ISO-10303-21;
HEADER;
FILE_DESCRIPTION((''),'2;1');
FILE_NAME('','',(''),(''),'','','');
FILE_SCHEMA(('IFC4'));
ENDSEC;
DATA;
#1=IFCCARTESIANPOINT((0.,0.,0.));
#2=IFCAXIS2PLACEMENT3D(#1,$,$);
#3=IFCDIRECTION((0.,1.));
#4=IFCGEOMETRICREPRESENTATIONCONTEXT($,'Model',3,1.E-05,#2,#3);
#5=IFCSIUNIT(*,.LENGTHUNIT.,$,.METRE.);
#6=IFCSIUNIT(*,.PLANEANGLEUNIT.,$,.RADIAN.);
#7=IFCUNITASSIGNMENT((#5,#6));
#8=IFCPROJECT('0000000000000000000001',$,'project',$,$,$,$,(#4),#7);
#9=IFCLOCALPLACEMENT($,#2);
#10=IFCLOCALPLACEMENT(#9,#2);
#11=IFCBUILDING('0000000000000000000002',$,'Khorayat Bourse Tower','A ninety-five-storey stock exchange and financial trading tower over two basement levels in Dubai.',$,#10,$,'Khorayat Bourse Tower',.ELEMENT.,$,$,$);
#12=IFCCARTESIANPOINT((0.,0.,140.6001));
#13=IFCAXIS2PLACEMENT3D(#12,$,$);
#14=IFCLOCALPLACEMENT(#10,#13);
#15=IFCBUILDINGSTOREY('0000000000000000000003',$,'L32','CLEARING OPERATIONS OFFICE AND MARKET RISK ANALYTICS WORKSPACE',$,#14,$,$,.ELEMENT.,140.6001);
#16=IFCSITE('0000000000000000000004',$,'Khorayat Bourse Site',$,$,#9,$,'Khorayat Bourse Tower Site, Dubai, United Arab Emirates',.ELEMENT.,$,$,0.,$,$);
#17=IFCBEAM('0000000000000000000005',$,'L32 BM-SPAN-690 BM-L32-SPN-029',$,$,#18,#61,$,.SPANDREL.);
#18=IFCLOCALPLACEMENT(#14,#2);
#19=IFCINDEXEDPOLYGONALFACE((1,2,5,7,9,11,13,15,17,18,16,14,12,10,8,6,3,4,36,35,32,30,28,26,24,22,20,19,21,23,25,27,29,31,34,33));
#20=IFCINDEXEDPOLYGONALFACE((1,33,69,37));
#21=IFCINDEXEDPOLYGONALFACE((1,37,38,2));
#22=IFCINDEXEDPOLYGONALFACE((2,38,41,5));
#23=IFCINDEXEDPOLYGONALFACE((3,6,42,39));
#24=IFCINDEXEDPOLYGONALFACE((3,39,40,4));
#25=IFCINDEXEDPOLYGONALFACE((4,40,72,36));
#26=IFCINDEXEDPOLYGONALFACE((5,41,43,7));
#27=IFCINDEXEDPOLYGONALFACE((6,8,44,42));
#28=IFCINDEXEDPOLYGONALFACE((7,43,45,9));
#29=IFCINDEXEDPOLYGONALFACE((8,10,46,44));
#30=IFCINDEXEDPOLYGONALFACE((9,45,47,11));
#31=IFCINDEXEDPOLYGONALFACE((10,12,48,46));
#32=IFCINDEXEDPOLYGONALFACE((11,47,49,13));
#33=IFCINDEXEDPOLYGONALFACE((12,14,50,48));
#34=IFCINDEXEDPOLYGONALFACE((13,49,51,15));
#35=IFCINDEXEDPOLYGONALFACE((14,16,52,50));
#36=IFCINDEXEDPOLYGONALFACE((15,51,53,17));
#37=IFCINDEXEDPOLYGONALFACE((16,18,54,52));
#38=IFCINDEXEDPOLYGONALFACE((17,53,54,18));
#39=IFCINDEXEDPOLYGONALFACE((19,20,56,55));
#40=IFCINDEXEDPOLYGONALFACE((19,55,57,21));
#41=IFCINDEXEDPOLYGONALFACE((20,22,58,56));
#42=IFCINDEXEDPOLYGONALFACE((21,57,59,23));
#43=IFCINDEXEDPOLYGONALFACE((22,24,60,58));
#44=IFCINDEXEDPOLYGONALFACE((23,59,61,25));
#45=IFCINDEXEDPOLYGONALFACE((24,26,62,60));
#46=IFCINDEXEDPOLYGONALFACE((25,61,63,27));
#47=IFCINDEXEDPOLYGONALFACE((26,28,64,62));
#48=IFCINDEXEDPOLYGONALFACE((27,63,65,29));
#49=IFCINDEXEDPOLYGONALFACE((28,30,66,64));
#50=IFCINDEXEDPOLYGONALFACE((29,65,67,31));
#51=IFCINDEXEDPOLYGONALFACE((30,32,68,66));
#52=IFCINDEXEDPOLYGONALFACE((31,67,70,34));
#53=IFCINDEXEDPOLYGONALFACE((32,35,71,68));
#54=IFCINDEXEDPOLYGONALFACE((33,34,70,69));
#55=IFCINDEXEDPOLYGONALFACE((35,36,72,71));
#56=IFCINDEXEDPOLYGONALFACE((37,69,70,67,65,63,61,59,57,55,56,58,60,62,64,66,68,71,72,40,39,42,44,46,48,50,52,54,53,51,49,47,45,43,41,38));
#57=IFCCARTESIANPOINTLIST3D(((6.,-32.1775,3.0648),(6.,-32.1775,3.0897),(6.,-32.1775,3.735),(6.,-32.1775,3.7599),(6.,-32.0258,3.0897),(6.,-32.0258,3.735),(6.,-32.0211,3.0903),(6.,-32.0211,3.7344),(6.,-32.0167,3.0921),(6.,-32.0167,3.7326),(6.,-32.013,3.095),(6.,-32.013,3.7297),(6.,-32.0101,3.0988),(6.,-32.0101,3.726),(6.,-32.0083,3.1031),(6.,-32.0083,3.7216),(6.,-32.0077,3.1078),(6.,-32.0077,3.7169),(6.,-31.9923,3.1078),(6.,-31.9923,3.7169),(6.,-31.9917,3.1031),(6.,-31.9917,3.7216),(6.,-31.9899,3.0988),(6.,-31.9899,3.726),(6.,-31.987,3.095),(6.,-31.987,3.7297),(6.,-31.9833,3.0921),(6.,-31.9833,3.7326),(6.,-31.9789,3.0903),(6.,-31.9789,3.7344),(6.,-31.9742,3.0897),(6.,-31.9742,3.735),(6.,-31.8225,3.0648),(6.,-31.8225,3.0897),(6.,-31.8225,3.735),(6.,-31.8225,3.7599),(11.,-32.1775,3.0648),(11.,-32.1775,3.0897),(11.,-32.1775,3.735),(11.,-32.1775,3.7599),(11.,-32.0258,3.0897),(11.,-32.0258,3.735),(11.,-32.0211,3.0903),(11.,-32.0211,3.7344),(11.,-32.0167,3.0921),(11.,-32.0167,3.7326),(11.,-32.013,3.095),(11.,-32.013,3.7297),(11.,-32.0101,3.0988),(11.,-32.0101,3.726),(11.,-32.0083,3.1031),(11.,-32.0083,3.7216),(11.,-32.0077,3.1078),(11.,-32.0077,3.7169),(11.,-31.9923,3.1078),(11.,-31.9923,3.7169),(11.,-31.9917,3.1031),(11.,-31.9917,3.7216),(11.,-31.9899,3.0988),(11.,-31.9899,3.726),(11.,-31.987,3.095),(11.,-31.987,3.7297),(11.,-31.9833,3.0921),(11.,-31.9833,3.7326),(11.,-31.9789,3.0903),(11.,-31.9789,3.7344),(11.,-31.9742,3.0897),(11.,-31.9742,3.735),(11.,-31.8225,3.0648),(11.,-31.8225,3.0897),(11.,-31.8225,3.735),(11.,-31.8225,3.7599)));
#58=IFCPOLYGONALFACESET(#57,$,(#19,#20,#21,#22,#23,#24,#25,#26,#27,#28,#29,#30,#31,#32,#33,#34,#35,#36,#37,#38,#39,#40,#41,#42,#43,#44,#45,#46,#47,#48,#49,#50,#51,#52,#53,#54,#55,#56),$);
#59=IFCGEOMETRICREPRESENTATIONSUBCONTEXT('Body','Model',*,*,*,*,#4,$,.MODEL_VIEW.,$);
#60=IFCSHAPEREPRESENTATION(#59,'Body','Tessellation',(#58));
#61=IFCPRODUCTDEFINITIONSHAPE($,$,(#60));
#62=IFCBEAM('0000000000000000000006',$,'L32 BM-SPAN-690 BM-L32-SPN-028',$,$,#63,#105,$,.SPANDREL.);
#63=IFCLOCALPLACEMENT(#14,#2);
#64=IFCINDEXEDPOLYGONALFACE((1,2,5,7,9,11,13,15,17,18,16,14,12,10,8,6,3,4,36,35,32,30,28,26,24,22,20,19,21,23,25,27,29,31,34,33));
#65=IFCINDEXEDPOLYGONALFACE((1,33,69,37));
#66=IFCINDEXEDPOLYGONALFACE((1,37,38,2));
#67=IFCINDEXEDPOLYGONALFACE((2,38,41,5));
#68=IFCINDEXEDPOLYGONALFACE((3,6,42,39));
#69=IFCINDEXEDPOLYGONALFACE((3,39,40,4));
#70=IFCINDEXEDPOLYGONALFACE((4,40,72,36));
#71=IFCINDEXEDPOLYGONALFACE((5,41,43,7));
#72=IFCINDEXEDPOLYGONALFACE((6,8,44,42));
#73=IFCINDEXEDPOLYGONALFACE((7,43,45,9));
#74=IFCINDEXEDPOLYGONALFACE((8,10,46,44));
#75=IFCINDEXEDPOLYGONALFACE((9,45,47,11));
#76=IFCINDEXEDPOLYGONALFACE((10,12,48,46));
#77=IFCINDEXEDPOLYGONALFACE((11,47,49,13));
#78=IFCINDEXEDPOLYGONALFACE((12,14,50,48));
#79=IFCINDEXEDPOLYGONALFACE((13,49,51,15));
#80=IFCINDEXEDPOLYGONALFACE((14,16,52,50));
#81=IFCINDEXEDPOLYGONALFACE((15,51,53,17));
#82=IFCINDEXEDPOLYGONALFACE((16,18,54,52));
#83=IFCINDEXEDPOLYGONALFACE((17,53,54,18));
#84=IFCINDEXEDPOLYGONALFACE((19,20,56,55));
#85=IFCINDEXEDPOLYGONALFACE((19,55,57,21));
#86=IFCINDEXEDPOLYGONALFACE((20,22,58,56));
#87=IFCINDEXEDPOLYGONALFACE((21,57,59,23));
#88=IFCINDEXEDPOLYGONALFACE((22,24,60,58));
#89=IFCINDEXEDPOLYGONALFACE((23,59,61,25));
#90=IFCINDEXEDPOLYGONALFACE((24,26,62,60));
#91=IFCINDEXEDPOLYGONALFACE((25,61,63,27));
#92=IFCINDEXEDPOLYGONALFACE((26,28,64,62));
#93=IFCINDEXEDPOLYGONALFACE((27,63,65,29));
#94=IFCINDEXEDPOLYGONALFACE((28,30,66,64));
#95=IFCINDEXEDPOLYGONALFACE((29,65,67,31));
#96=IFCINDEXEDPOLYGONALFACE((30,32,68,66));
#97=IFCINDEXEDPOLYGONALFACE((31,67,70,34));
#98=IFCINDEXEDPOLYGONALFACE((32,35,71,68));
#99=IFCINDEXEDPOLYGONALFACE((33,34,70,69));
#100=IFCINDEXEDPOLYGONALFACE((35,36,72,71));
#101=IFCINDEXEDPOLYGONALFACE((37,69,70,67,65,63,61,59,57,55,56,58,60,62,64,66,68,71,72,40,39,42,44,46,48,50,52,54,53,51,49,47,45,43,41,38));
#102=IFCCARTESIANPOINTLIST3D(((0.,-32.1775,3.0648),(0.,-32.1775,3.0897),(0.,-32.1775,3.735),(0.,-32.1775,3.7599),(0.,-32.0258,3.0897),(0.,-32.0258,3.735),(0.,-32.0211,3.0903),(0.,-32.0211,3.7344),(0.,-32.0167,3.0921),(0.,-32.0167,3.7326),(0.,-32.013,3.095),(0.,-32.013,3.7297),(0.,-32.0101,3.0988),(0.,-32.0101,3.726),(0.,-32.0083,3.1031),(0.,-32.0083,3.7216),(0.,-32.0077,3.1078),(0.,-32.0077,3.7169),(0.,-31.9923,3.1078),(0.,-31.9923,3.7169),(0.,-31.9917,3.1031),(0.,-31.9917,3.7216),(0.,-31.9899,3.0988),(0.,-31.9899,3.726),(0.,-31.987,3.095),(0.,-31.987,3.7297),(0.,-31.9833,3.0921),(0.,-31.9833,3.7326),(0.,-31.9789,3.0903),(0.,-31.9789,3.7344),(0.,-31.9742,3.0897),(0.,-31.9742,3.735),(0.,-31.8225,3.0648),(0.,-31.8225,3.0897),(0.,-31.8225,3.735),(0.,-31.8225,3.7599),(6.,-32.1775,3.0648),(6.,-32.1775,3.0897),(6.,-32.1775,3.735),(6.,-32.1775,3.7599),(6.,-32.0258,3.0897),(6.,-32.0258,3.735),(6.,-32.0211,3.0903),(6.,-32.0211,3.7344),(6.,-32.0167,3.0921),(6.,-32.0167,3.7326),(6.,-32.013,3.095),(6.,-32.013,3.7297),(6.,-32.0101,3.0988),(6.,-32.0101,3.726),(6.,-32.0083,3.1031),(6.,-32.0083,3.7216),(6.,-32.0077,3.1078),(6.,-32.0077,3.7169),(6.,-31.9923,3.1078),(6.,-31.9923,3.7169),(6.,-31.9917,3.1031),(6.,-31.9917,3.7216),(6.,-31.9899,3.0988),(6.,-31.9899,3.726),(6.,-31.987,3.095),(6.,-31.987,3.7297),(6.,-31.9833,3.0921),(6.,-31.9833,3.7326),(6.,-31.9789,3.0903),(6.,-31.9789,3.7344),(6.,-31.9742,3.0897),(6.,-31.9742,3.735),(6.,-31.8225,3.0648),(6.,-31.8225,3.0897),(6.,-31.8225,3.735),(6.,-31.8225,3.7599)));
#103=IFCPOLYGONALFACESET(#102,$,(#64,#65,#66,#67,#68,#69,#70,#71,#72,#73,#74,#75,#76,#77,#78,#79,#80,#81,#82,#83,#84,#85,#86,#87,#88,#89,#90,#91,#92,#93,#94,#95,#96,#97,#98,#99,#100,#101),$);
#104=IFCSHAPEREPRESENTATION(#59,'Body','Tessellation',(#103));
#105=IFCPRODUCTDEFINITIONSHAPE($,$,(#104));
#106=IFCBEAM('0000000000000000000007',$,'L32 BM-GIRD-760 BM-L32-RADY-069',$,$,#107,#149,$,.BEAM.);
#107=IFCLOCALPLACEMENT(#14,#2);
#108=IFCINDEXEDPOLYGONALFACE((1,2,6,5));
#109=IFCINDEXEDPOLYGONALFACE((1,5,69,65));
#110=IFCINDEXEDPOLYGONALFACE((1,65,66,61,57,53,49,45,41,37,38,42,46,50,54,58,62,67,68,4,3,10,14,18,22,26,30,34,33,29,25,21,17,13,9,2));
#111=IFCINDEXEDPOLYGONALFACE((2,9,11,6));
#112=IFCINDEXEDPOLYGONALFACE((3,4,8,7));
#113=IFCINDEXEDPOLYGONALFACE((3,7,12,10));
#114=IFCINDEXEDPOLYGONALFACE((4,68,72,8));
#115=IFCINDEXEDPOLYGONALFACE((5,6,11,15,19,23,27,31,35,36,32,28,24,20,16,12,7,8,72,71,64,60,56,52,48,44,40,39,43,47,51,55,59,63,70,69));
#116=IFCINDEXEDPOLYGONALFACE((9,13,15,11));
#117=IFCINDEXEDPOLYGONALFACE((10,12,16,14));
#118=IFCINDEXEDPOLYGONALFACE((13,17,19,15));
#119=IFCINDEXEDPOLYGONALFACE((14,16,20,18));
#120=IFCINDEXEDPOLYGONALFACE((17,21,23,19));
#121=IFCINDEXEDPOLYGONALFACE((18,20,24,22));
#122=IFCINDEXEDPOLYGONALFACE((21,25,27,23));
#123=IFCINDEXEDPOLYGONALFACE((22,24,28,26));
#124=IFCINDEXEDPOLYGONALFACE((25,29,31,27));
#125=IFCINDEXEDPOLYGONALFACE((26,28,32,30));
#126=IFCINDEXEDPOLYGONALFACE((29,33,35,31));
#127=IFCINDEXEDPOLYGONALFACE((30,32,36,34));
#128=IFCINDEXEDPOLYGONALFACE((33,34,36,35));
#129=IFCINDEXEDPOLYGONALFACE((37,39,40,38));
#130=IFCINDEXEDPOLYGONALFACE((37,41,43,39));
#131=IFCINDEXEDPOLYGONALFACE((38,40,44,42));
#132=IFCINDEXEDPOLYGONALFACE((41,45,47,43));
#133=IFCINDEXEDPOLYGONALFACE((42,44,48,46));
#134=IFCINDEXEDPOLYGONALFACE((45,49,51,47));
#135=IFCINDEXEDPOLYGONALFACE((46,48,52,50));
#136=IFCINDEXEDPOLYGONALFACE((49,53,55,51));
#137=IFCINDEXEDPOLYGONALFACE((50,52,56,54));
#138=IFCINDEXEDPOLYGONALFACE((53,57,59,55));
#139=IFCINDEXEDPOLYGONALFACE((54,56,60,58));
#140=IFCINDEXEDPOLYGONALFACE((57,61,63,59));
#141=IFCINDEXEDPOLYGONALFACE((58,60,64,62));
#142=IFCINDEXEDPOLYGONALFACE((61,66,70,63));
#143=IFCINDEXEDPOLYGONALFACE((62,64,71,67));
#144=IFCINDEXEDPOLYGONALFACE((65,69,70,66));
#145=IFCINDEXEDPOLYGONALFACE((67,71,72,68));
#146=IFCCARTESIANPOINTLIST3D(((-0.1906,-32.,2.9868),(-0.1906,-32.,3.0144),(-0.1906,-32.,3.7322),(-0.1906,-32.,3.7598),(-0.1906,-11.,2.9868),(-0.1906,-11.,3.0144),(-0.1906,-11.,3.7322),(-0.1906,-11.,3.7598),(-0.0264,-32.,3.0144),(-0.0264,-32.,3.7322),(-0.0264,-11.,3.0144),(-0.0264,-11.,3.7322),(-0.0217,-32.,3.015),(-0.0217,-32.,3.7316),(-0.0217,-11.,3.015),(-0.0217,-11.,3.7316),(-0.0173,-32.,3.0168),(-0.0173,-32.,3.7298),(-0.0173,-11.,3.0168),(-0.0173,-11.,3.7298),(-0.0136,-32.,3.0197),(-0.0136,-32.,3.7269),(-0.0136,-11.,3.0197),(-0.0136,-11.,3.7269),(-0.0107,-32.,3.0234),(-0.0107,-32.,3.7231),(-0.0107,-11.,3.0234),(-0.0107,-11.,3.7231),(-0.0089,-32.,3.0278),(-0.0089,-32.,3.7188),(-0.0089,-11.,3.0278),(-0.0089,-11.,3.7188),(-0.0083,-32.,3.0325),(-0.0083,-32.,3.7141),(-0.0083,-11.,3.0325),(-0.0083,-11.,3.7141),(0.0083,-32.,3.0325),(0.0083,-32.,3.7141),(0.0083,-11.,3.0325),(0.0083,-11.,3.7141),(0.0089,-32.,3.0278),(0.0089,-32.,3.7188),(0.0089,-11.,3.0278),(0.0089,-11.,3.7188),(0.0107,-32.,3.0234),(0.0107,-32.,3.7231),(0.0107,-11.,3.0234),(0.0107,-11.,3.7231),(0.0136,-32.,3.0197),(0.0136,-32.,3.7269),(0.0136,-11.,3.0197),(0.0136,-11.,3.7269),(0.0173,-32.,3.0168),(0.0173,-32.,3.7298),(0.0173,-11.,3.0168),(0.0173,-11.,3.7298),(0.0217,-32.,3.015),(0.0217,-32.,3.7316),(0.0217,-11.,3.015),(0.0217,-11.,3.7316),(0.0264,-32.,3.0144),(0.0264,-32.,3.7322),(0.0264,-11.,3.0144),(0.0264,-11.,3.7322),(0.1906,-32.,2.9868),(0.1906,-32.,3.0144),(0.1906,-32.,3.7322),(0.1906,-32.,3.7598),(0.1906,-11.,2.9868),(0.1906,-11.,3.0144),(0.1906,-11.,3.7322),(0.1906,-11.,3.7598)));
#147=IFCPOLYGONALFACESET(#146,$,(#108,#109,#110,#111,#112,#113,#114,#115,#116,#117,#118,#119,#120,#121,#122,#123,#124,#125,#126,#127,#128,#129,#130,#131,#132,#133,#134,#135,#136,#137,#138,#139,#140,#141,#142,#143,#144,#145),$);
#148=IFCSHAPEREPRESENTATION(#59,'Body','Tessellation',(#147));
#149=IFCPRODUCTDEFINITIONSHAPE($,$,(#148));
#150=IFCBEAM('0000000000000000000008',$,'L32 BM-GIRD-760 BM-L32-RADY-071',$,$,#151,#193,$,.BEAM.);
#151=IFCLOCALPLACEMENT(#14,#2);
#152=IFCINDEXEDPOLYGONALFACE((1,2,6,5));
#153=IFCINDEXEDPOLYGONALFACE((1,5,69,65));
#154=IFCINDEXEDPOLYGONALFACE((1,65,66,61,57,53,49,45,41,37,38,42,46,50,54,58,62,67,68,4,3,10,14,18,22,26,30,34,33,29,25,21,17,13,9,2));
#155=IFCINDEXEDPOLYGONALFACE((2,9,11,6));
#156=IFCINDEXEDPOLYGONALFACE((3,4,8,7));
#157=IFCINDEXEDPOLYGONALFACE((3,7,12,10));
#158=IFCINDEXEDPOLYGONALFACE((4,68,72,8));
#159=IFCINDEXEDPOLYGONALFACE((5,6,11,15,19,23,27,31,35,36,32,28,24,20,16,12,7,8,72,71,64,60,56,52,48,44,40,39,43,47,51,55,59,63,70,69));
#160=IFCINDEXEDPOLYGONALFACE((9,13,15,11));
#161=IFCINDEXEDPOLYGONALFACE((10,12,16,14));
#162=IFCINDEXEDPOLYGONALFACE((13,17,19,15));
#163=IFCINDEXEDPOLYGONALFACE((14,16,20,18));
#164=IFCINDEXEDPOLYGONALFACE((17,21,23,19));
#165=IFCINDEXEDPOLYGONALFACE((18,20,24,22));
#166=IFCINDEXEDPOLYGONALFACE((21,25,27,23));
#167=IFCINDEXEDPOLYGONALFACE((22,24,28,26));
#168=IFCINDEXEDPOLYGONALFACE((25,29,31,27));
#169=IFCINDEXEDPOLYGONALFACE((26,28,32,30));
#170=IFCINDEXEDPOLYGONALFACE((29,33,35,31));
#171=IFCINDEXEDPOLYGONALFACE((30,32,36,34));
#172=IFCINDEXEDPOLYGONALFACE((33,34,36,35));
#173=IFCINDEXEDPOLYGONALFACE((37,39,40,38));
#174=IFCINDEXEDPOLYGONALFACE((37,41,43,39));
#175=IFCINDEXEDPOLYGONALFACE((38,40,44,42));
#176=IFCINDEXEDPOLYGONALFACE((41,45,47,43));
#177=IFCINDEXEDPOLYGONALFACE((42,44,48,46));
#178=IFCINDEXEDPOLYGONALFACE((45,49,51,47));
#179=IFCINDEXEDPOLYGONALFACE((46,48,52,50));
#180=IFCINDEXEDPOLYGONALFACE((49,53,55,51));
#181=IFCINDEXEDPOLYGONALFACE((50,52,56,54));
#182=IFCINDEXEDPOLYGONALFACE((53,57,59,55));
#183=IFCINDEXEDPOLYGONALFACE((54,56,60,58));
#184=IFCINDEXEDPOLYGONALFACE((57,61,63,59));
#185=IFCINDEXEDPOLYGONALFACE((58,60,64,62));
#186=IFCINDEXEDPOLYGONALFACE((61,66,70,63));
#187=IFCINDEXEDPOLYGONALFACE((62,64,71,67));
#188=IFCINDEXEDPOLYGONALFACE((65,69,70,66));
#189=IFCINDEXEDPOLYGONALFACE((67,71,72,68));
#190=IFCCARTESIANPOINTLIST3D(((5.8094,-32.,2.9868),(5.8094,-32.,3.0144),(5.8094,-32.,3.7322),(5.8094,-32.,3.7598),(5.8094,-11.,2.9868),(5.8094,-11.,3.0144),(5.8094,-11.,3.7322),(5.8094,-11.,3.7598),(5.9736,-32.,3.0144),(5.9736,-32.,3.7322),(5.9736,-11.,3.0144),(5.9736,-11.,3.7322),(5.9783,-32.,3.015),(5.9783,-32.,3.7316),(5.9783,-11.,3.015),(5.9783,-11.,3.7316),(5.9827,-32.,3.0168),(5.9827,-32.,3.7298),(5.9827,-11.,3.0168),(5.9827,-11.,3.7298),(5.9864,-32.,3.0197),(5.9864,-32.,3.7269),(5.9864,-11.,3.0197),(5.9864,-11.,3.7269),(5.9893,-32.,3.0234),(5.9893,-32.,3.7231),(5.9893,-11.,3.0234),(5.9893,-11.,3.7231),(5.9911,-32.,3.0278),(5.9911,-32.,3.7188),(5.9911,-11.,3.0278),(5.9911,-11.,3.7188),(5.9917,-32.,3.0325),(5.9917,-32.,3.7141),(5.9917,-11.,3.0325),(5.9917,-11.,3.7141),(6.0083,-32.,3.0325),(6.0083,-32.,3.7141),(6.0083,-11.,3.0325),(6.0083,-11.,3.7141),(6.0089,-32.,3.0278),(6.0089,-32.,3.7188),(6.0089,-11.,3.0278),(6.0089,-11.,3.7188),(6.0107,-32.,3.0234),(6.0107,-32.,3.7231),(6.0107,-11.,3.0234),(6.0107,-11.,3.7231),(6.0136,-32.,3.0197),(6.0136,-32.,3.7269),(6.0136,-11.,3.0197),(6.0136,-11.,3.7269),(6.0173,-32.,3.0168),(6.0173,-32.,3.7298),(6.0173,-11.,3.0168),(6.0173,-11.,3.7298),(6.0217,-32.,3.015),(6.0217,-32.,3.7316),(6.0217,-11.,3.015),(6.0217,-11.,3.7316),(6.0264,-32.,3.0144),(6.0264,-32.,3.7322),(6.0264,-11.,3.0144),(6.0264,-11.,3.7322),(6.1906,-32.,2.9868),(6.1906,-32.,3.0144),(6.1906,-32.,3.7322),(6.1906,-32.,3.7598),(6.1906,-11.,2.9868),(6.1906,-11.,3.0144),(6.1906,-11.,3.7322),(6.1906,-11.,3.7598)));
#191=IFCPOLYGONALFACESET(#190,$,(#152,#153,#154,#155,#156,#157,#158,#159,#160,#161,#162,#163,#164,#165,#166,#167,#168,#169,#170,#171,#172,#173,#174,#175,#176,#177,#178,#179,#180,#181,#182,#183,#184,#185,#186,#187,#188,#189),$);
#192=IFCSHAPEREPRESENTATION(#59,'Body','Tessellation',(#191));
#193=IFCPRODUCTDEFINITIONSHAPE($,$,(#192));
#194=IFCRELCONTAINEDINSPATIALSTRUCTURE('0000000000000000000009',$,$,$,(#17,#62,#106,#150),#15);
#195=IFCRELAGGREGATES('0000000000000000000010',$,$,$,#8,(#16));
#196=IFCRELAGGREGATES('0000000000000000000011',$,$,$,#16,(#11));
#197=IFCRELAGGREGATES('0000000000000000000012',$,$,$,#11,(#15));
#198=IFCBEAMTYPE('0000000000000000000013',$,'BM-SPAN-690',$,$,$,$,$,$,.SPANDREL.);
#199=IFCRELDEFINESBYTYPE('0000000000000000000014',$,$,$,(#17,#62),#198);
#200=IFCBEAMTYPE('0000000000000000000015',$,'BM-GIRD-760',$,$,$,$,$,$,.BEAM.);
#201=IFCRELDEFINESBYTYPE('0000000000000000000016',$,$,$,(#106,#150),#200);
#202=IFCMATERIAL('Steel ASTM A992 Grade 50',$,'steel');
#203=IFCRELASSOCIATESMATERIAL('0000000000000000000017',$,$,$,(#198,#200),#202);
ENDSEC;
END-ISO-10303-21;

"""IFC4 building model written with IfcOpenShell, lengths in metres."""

from ifc_helpers import new_model, si_unit, direction, frame, origin, origin_2d, place, context, subcontext, project, spatial, i_section, extrude, source, transform, mapped, material, material_profile, profile_set, type_object, element, save


model = new_model("IFC4")

# Units and contexts
model_context = context("Model", 3, precision=1e-05, world=origin(), true_north=direction((0.0, 1.0)))
body_context = subcontext(model_context, "Body", "Model", "MODEL_VIEW")
ifc_project = project(units=[si_unit("LENGTHUNIT", "METRE"), si_unit("PLANEANGLEUNIT", "RADIAN")], contexts=[model_context])

# Site, building, storey
site_placement = place(None, origin())
site = spatial("IfcSite", under=ifc_project, at=site_placement, Name="Khorayat Bourse Site", LongName="Khorayat Bourse Tower Site, Dubai, United Arab Emirates", CompositionType="ELEMENT", RefElevation=0.0)
building_placement = place(site_placement, origin())
building = spatial("IfcBuilding", under=site, at=building_placement, Name="Khorayat Bourse Tower", Description="A ninety-five-storey stock exchange and financial trading tower over two basement levels in Dubai.", LongName="Khorayat Bourse Tower", CompositionType="ELEMENT")
storey_placement = place(building_placement, frame((0.0, 0.0, 140.6001)))
storey = spatial("IfcBuildingStorey", under=building, at=storey_placement, Name="L32", Description="CLEARING OPERATIONS OFFICE AND MARKET RISK ANALYTICS WORKSPACE", CompositionType="ELEMENT", Elevation=140.6001)

# Beams
ifc_material_1 = material(Name="Steel ASTM A992 Grade 50", Category="steel")
ifc_material_profile_1 = material_profile(ifc_material_1, i_section(OverallWidth=0.355, OverallDepth=0.6951, WebThickness=0.0154, FlangeThickness=0.0249, FilletRadius=0.0181, at=origin_2d()), Name="W690X217")
ifc_profile_set_1 = profile_set([ifc_material_profile_1], Name="Steel ASTM A992 Grade 50")
beam_type_1 = type_object("IfcBeamType", Name="BM-SPAN-690", PredefinedType="SPANDREL", material=ifc_profile_set_1)
shared_shape_1 = source(origin(), body_context, "Body", "SweptSolid", [
    extrude(i_section(OverallWidth=0.355, OverallDepth=0.6951, WebThickness=0.0154, FlangeThickness=0.0249, FilletRadius=0.0181, at=origin_2d()), origin(), (0.0, 0.0, 1.0), 5.0),
])
beam_1_placement = place(storey_placement, frame((6.0, -32.0, 3.4124), z_axis=(1.0, 0.0, 0.0), x_axis=(0.0, 1.0, 0.0)))
element("IfcBeam", 1, at=beam_1_placement, inside=storey, type_object=beam_type_1, Name="L32 BM-SPAN-690 BM-L32-SPN-029", PredefinedType="SPANDREL", context=body_context, shape_type="MappedRepresentation", body=[
    mapped(shared_shape_1, transform((0.0, 0.0, 0.0), scale=1.0)),
])
shared_shape_2 = source(origin(), body_context, "Body", "SweptSolid", [
    extrude(i_section(OverallWidth=0.355, OverallDepth=0.6951, WebThickness=0.0154, FlangeThickness=0.0249, FilletRadius=0.0181, at=origin_2d()), origin(), (0.0, 0.0, 1.0), 6.0),
])
beam_2_placement = place(storey_placement, frame((0.0, -32.0, 3.4124), z_axis=(1.0, 0.0, 0.0), x_axis=(0.0, 1.0, 0.0)))
element("IfcBeam", 2, at=beam_2_placement, inside=storey, type_object=beam_type_1, Name="L32 BM-SPAN-690 BM-L32-SPN-028", PredefinedType="SPANDREL", context=body_context, shape_type="MappedRepresentation", body=[
    mapped(shared_shape_2, transform((0.0, 0.0, 0.0), scale=1.0)),
])
ifc_material_profile_2 = material_profile(ifc_material_1, i_section(OverallWidth=0.3811, OverallDepth=0.7729, WebThickness=0.0166, FlangeThickness=0.0276, FilletRadius=0.0181, at=origin_2d()), Name="W760X257")
ifc_profile_set_2 = profile_set([ifc_material_profile_2], Name="Steel ASTM A992 Grade 50")
beam_type_2 = type_object("IfcBeamType", Name="BM-GIRD-760", PredefinedType="BEAM", material=ifc_profile_set_2)
shared_shape_3 = source(origin(), body_context, "Body", "SweptSolid", [
    extrude(i_section(OverallWidth=0.3811, OverallDepth=0.7729, WebThickness=0.0166, FlangeThickness=0.0276, FilletRadius=0.0181, at=origin_2d()), origin(), (0.0, 0.0, 1.0), 21.0),
])
for number, where, z_axis, x_axis, name in (
    (3, (0.0, -32.0, 3.3733), (0.0, 1.0, 0.0), (-1.0, 0.0, 0.0), "L32 BM-GIRD-760 BM-L32-RADY-069"),
    (4, (6.0, -32.0, 3.3733), (0.0, 1.0, 0.0), (-1.0, 0.0, 0.0), "L32 BM-GIRD-760 BM-L32-RADY-071"),
):
    element("IfcBeam", number, at=place(storey_placement, frame(where, z_axis=z_axis, x_axis=x_axis)), inside=storey, type_object=beam_type_2, Name=name, PredefinedType="BEAM", context=body_context, shape_type="MappedRepresentation", body=[
        mapped(shared_shape_3, transform((0.0, 0.0, 0.0), scale=1.0)),
    ])

save(model, "model.ifc")
